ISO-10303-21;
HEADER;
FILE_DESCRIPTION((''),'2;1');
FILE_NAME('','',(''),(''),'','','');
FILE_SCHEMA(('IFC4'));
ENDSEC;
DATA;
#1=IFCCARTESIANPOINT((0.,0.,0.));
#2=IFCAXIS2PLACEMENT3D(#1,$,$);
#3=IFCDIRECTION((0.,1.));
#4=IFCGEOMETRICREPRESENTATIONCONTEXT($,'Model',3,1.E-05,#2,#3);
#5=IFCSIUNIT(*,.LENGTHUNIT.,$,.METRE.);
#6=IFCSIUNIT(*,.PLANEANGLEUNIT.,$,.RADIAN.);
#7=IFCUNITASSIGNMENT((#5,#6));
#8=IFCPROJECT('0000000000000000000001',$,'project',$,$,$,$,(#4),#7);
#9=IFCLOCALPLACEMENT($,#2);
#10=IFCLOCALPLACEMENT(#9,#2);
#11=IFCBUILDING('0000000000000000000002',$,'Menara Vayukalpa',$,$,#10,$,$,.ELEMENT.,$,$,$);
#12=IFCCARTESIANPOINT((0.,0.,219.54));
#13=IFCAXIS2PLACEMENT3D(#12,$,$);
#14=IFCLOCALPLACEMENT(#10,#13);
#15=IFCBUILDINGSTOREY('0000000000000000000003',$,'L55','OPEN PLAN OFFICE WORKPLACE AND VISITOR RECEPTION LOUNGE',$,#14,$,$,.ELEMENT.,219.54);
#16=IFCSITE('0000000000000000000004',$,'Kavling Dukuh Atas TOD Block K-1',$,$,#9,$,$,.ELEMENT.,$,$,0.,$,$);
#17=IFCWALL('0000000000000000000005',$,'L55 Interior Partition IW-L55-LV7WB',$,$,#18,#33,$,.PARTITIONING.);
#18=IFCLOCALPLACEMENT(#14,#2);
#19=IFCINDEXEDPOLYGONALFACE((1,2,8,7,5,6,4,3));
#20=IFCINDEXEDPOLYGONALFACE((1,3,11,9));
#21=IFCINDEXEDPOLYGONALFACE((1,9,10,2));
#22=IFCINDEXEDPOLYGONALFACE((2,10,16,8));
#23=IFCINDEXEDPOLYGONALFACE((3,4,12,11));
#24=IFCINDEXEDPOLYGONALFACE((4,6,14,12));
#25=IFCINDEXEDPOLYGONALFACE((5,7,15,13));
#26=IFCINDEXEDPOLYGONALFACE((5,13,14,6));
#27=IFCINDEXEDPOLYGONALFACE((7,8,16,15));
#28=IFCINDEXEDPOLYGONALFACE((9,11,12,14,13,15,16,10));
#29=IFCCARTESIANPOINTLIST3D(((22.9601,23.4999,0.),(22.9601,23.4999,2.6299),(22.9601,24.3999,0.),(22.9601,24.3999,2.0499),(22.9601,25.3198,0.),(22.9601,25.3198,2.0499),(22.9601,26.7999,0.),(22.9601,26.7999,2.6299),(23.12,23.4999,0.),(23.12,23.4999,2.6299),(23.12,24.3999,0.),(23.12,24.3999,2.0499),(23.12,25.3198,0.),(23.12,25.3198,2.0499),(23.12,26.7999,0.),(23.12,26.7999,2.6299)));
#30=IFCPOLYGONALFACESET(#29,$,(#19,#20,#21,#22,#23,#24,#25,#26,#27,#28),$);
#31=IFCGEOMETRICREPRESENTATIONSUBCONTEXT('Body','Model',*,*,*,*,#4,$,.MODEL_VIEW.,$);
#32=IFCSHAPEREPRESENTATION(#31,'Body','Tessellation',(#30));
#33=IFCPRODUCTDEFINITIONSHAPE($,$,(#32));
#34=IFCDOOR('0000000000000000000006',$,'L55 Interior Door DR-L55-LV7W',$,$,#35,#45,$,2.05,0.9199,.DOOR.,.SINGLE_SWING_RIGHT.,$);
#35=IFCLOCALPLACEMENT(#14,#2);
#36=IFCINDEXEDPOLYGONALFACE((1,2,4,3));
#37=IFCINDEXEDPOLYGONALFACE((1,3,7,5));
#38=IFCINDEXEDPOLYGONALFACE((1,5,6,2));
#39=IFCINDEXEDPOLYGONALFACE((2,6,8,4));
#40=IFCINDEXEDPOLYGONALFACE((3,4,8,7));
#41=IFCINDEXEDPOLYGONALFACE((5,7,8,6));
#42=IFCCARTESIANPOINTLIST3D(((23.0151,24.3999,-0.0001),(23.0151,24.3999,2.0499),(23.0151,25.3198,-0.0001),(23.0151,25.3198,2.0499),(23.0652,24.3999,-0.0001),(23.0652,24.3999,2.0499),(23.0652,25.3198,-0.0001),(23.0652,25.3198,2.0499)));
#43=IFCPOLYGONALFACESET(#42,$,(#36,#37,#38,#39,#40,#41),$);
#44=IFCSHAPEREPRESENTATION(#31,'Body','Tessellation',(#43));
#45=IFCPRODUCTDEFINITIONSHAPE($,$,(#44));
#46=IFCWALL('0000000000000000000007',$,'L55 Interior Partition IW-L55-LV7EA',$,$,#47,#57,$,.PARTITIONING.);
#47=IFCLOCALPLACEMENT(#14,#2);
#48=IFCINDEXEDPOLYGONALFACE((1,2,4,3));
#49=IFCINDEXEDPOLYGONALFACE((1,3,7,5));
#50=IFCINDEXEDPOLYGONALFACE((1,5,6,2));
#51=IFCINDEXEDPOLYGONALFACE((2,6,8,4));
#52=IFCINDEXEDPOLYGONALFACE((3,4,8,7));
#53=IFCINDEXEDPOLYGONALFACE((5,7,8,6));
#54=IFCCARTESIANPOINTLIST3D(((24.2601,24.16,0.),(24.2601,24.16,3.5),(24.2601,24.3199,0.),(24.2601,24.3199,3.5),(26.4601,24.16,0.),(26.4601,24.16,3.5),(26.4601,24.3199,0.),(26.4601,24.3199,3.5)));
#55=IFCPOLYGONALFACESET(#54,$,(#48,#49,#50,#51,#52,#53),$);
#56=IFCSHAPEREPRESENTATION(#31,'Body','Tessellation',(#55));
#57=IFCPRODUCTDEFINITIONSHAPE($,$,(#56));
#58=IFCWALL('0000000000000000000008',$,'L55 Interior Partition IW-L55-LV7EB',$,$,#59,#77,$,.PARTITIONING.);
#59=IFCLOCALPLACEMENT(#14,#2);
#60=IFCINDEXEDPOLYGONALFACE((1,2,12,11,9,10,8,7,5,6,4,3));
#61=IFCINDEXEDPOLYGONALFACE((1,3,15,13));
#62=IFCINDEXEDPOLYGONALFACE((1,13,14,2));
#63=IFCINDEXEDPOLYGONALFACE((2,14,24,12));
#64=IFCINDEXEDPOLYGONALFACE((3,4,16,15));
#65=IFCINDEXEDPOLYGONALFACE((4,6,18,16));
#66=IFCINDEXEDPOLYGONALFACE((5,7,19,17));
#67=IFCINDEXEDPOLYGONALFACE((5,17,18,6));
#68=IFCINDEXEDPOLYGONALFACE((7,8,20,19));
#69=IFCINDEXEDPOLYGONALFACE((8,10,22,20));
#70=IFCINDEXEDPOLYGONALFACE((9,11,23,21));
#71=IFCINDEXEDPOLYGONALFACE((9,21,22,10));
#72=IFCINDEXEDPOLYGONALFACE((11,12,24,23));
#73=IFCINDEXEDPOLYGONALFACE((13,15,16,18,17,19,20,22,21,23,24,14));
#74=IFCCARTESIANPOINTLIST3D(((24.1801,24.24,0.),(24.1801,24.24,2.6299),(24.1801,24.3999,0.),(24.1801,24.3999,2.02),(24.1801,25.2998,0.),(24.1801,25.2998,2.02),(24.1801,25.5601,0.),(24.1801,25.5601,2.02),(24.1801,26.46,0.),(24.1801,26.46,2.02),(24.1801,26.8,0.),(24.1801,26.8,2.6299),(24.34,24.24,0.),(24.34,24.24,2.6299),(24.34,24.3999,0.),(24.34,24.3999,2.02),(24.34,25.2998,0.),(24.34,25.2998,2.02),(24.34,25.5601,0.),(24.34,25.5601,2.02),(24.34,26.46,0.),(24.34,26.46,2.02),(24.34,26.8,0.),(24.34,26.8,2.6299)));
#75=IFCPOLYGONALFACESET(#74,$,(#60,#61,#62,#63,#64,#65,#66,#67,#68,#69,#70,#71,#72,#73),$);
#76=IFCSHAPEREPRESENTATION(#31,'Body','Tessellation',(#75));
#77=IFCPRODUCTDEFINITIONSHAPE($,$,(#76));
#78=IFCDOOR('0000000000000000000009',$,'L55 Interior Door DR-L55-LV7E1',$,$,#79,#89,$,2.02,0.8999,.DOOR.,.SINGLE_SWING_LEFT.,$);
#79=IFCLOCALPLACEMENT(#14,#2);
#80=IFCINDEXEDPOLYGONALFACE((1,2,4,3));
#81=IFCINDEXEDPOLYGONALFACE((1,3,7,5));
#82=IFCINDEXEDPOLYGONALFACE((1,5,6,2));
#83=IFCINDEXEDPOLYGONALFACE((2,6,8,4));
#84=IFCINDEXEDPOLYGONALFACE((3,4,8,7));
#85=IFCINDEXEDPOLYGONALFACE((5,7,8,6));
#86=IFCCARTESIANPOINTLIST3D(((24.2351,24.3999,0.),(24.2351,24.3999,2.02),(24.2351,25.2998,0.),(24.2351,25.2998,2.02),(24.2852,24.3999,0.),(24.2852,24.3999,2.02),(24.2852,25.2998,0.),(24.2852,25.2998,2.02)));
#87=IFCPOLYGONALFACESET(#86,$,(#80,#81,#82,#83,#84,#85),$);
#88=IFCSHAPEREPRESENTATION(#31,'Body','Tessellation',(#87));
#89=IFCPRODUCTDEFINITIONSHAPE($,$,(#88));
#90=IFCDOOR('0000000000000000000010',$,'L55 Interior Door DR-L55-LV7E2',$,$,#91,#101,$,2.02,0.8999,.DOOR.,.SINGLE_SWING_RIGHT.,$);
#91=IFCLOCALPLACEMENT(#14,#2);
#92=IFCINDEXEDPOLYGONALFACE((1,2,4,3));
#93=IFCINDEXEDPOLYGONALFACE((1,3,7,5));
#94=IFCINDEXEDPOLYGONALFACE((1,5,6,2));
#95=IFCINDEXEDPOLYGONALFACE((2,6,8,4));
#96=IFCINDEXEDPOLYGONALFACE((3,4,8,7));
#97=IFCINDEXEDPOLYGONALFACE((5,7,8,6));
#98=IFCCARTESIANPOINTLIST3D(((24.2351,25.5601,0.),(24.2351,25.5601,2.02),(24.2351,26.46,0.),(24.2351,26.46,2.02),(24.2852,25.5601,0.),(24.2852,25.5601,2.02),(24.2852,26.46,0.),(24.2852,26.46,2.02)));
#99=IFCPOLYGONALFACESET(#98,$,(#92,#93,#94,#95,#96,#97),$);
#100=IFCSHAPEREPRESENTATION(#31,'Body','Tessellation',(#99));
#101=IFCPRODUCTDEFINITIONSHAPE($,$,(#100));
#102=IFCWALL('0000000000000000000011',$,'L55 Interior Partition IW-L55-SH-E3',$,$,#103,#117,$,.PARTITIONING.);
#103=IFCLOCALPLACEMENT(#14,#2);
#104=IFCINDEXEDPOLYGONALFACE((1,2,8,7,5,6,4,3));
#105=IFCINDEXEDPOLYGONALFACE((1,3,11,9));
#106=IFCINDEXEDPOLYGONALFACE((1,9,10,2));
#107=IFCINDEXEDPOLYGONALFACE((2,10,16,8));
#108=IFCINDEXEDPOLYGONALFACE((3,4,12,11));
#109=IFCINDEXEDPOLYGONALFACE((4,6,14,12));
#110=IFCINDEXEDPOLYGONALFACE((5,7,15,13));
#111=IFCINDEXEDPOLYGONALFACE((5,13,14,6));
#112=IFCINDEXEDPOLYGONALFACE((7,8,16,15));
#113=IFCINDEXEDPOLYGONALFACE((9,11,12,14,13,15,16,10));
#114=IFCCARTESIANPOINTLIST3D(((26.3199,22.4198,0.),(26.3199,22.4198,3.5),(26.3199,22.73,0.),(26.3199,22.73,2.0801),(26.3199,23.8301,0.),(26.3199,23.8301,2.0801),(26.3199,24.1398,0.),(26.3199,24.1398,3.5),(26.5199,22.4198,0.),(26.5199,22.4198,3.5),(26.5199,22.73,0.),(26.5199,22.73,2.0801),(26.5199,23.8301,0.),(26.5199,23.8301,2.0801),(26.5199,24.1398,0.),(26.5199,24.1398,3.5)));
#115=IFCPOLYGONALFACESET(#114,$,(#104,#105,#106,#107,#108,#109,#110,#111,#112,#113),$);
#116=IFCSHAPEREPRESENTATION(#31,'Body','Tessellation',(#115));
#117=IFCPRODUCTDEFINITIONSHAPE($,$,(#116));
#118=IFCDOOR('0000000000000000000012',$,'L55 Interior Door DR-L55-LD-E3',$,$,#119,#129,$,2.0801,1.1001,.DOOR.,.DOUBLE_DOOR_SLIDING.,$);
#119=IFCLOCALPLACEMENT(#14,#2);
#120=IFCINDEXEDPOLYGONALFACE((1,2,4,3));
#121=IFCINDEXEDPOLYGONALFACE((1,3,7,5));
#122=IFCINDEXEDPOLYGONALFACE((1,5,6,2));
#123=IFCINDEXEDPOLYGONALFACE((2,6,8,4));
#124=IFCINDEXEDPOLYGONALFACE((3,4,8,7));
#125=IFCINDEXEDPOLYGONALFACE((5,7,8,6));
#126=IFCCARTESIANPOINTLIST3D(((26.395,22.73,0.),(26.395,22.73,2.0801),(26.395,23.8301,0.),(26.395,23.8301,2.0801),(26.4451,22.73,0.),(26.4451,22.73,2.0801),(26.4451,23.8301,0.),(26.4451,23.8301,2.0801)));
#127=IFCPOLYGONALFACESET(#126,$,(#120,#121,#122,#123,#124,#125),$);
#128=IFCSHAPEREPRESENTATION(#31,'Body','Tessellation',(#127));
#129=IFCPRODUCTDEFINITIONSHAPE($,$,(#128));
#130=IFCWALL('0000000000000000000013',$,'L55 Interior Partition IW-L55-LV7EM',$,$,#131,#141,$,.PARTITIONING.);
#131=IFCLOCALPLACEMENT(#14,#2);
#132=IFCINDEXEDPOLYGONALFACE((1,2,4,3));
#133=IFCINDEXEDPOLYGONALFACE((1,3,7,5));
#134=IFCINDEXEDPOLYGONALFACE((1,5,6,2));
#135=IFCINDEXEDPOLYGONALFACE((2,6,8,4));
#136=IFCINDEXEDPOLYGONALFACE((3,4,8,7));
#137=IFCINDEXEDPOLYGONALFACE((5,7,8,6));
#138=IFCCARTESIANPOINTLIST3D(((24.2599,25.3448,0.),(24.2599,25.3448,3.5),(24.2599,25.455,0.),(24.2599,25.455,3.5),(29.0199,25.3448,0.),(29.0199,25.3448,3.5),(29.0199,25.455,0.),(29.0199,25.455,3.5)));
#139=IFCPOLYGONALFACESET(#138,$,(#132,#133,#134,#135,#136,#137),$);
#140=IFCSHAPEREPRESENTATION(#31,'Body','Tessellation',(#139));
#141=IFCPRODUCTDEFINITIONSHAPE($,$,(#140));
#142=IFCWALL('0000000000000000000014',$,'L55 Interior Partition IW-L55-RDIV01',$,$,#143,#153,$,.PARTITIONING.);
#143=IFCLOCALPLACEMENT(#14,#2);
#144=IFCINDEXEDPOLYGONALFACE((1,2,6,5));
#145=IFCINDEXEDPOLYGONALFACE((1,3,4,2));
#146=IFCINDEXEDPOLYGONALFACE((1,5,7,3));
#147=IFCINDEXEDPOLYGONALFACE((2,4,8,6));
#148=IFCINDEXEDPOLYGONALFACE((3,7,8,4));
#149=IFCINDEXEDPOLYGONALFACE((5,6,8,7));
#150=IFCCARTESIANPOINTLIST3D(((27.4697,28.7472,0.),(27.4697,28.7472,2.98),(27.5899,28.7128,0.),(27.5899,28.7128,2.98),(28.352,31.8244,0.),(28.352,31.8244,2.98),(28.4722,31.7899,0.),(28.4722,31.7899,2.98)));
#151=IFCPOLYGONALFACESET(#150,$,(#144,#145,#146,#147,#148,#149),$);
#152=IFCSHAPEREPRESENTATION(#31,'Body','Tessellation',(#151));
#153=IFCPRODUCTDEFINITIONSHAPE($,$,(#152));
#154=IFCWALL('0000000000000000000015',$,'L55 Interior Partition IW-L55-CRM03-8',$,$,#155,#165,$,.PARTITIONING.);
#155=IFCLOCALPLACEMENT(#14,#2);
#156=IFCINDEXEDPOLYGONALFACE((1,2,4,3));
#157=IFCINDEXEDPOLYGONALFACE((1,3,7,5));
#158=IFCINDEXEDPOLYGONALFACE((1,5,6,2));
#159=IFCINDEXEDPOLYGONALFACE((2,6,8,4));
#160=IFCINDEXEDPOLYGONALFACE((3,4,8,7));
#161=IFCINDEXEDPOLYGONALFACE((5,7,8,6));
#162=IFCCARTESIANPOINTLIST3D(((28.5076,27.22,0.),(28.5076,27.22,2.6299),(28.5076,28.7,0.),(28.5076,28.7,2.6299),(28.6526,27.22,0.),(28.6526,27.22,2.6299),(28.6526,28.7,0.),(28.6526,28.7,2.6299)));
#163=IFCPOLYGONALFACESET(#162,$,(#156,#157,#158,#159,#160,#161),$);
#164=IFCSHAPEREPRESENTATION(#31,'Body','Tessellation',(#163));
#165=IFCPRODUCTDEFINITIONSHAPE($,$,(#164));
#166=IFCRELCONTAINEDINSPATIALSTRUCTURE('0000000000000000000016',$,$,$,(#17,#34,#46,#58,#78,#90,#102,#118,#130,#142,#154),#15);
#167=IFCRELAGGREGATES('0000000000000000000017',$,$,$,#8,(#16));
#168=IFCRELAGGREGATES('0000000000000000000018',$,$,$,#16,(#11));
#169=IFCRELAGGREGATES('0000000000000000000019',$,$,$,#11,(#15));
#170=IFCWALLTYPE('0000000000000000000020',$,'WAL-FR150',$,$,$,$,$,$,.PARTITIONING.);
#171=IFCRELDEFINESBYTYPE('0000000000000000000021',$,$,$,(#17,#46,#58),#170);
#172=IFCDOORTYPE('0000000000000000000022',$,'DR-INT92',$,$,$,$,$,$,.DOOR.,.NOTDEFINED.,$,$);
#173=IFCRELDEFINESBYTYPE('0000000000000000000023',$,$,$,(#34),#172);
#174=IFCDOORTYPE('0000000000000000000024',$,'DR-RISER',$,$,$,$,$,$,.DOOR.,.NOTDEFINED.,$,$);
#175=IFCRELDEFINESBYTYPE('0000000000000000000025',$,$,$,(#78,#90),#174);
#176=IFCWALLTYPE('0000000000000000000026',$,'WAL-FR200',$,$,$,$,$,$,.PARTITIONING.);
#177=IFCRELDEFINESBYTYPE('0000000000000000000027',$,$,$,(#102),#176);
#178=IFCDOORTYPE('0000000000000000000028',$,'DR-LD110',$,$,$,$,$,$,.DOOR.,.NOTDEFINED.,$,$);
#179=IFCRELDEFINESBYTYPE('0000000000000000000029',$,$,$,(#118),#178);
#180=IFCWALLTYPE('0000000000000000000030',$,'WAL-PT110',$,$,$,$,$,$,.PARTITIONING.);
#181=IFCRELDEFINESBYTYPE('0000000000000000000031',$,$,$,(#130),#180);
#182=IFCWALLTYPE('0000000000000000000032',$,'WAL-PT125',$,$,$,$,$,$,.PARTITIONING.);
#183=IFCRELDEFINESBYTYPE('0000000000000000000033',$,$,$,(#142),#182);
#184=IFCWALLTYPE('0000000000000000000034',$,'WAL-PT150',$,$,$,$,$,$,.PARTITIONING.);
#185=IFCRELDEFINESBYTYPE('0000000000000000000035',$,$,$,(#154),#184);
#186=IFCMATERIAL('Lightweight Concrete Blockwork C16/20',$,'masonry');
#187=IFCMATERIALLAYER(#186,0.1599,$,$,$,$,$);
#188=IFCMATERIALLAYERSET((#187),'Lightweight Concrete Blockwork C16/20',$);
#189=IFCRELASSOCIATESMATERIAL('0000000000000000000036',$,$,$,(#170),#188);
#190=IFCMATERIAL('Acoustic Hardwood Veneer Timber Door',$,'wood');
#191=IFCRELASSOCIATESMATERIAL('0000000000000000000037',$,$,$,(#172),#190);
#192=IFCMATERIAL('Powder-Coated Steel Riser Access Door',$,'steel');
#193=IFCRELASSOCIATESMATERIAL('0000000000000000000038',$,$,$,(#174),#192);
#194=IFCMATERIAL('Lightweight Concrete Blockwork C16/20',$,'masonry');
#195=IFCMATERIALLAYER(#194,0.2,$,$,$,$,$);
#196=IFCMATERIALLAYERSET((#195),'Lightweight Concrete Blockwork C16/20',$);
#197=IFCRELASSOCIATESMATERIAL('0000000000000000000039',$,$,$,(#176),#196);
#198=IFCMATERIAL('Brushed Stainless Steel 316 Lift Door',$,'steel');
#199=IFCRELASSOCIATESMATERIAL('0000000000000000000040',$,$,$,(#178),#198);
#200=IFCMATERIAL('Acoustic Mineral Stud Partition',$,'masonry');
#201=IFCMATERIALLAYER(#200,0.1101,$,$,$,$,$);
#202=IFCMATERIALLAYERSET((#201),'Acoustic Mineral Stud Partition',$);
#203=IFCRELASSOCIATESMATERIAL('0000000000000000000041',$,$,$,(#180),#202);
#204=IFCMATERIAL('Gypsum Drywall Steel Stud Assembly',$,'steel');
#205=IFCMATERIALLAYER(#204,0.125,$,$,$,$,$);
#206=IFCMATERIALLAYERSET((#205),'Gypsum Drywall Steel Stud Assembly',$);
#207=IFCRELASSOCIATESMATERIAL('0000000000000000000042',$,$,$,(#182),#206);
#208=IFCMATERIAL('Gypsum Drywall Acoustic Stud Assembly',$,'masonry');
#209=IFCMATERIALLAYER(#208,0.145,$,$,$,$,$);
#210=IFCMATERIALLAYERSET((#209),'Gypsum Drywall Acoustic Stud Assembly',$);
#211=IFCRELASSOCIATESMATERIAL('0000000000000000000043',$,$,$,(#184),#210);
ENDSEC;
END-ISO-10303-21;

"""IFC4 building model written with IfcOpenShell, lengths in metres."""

from ifc_helpers import new_model, si_unit, direction, frame, frame_2d, origin, place, context, subcontext, project, spatial, rectangle, extrude, material, layer, layer_set, type_object, element, fill, save


model = new_model("IFC4")

# Units and contexts
model_context = context("Model", 3, precision=1e-05, world=origin(), true_north=direction((0.0, 1.0)))
body_context = subcontext(model_context, "Body", "Model", "MODEL_VIEW")
ifc_project = project(units=[si_unit("LENGTHUNIT", "METRE"), si_unit("PLANEANGLEUNIT", "RADIAN")], contexts=[model_context])

# Site, building, storey
site_placement = place(None, origin())
site = spatial("IfcSite", under=ifc_project, at=site_placement, Name="Kavling Dukuh Atas TOD Block K-1", CompositionType="ELEMENT", RefElevation=0.0)
building_placement = place(site_placement, origin())
building = spatial("IfcBuilding", under=site, at=building_placement, Name="Menara Vayukalpa", CompositionType="ELEMENT")
storey_placement = place(building_placement, frame((0.0, 0.0, 219.54)))
storey = spatial("IfcBuildingStorey", under=building, at=storey_placement, Name="L55", Description="OPEN PLAN OFFICE WORKPLACE AND VISITOR RECEPTION LOUNGE", CompositionType="ELEMENT", Elevation=219.54)

# Shared definitions
ifc_material_1 = material(Name="Lightweight Concrete Blockwork C16/20", Category="masonry")
ifc_layer_1 = layer(ifc_material_1, 0.1599)
ifc_layer_set_1 = layer_set([ifc_layer_1], Name="Lightweight Concrete Blockwork C16/20")
wall_type_1 = type_object("IfcWallType", Name="WAL-FR150", PredefinedType="PARTITIONING", material=ifc_layer_set_1)

# Wall, opening, door
wall_1_placement = place(storey_placement, frame((23.04, 23.5, 0.0), z_axis=(0.0, 0.0, 1.0), x_axis=(0.0, 1.0, 0.0)))
wall_1 = element("IfcWall", 1, at=wall_1_placement, inside=storey, type_object=wall_type_1, Name="L55 Interior Partition IW-L55-LV7WB", PredefinedType="PARTITIONING", context=body_context, shape_type="SweptSolid", body=[
    extrude(rectangle(XDim=3.3, YDim=0.1599, at=frame_2d((1.6499, 0.0))), origin(), (0.0, 0.0, 1.0), 2.6299),
])
opening_1_placement = place(wall_1_placement, frame((0.8999, 0.0, 0.0)))
opening_1 = element("IfcOpeningElement", 2, at=opening_1_placement, cuts=wall_1, PredefinedType="OPENING", context=body_context, shape_type="SweptSolid", body=[
    extrude(rectangle(XDim=0.9199, YDim=2.05, at=frame_2d((0.46, 1.0249))), frame((0.0, 0.0898, 0.0), z_axis=(0.0, -1.0, 0.0), x_axis=(1.0, 0.0, 0.0)), (0.0, 0.0, 1.0), 0.1799),
])
ifc_material_2 = material(Name="Acoustic Hardwood Veneer Timber Door", Category="wood")
door_type_1 = type_object("IfcDoorType", Name="DR-INT92", OperationType="NOTDEFINED", PredefinedType="DOOR", material=ifc_material_2)
door_1_placement = place(opening_1_placement, origin())
door_1 = element("IfcDoor", 3, at=door_1_placement, inside=storey, type_object=door_type_1, Name="L55 Interior Door DR-L55-LV7W", OperationType="SINGLE_SWING_RIGHT", OverallHeight=2.05, OverallWidth=0.9199, PredefinedType="DOOR", context=body_context, shape_type="SweptSolid", body=[
    extrude(rectangle(XDim=0.9199, YDim=2.05, at=frame_2d((0.46, 1.0249))), frame((0.0, 0.0249, 0.0), z_axis=(0.0, -1.0, 0.0), x_axis=(1.0, 0.0, 0.0)), (0.0, 0.0, 1.0), 0.05),
])
fill(opening_1, door_1)

# Wall
wall_2_placement = place(storey_placement, frame((24.26, 24.24, 0.0), z_axis=(0.0, 0.0, 1.0), x_axis=(1.0, 0.0, 0.0)))
element("IfcWall", 4, at=wall_2_placement, inside=storey, type_object=wall_type_1, Name="L55 Interior Partition IW-L55-LV7EA", PredefinedType="PARTITIONING", context=body_context, shape_type="SweptSolid", body=[
    extrude(rectangle(XDim=2.2, YDim=0.1599, at=frame_2d((1.1001, 0.0))), origin(), (0.0, 0.0, 1.0), 3.5),
])

# Wall, openings, doors
wall_3_placement = place(storey_placement, frame((24.26, 24.24, 0.0), z_axis=(0.0, 0.0, 1.0), x_axis=(0.0, 1.0, 0.0)))
wall_3 = element("IfcWall", 5, at=wall_3_placement, inside=storey, type_object=wall_type_1, Name="L55 Interior Partition IW-L55-LV7EB", PredefinedType="PARTITIONING", context=body_context, shape_type="SweptSolid", body=[
    extrude(rectangle(XDim=2.5601, YDim=0.1599, at=frame_2d((1.28, 0.0))), origin(), (0.0, 0.0, 1.0), 2.6299),
])
opening_2_placement = place(wall_3_placement, frame((0.1599, 0.0, 0.0)))
opening_2 = element("IfcOpeningElement", 6, at=opening_2_placement, cuts=wall_3, PredefinedType="OPENING", context=body_context, shape_type="SweptSolid", body=[
    extrude(rectangle(XDim=0.8999, YDim=2.02, at=frame_2d((0.45, 1.01))), frame((0.0, 0.0898, 0.0), z_axis=(0.0, -1.0, 0.0), x_axis=(1.0, 0.0, 0.0)), (0.0, 0.0, 1.0), 0.1799),
])
opening_3_placement = place(wall_3_placement, frame((1.3201, 0.0, 0.0)))
opening_3 = element("IfcOpeningElement", 7, at=opening_3_placement, cuts=wall_3, PredefinedType="OPENING", context=body_context, shape_type="SweptSolid", body=[
    extrude(rectangle(XDim=0.8999, YDim=2.02, at=frame_2d((0.45, 1.01))), frame((0.0, 0.0898, 0.0), z_axis=(0.0, -1.0, 0.0), x_axis=(1.0, 0.0, 0.0)), (0.0, 0.0, 1.0), 0.1799),
])
ifc_material_3 = material(Name="Powder-Coated Steel Riser Access Door", Category="steel")
door_type_2 = type_object("IfcDoorType", Name="DR-RISER", OperationType="NOTDEFINED", PredefinedType="DOOR", material=ifc_material_3)
door_2_placement = place(opening_2_placement, origin())
door_2 = element("IfcDoor", 8, at=door_2_placement, inside=storey, type_object=door_type_2, Name="L55 Interior Door DR-L55-LV7E1", OperationType="SINGLE_SWING_LEFT", OverallHeight=2.02, OverallWidth=0.8999, PredefinedType="DOOR", context=body_context, shape_type="SweptSolid", body=[
    extrude(rectangle(XDim=0.8999, YDim=2.02, at=frame_2d((0.45, 1.01))), frame((0.0, 0.0249, 0.0), z_axis=(0.0, -1.0, 0.0), x_axis=(1.0, 0.0, 0.0)), (0.0, 0.0, 1.0), 0.05),
])
fill(opening_2, door_2)
door_3_placement = place(opening_3_placement, origin())
door_3 = element("IfcDoor", 9, at=door_3_placement, inside=storey, type_object=door_type_2, Name="L55 Interior Door DR-L55-LV7E2", OperationType="SINGLE_SWING_RIGHT", OverallHeight=2.02, OverallWidth=0.8999, PredefinedType="DOOR", context=body_context, shape_type="SweptSolid", body=[
    extrude(rectangle(XDim=0.8999, YDim=2.02, at=frame_2d((0.45, 1.01))), frame((0.0, 0.0249, 0.0), z_axis=(0.0, -1.0, 0.0), x_axis=(1.0, 0.0, 0.0)), (0.0, 0.0, 1.0), 0.05),
])
fill(opening_3, door_3)

# Wall, opening, door
ifc_material_4 = material(Name="Lightweight Concrete Blockwork C16/20", Category="masonry")
ifc_layer_2 = layer(ifc_material_4, 0.2)
ifc_layer_set_2 = layer_set([ifc_layer_2], Name="Lightweight Concrete Blockwork C16/20")
wall_type_2 = type_object("IfcWallType", Name="WAL-FR200", PredefinedType="PARTITIONING", material=ifc_layer_set_2)
wall_4_placement = place(storey_placement, frame((26.4199, 22.4199, 0.0), z_axis=(0.0, 0.0, 1.0), x_axis=(0.0, 1.0, 0.0)))
wall_4 = element("IfcWall", 10, at=wall_4_placement, inside=storey, type_object=wall_type_2, Name="L55 Interior Partition IW-L55-SH-E3", PredefinedType="PARTITIONING", context=body_context, shape_type="SweptSolid", body=[
    extrude(rectangle(XDim=1.72, YDim=0.2, at=frame_2d((0.8599, 0.0))), origin(), (0.0, 0.0, 1.0), 3.5),
])
opening_4_placement = place(wall_4_placement, frame((0.3101, 0.0, 0.0)))
opening_4 = element("IfcOpeningElement", 11, at=opening_4_placement, cuts=wall_4, PredefinedType="OPENING", context=body_context, shape_type="SweptSolid", body=[
    extrude(rectangle(XDim=1.1001, YDim=2.0801, at=frame_2d((0.55, 1.04))), frame((0.0, 0.1099, 0.0), z_axis=(0.0, -1.0, 0.0), x_axis=(1.0, 0.0, 0.0)), (0.0, 0.0, 1.0), 0.22),
])
ifc_material_5 = material(Name="Brushed Stainless Steel 316 Lift Door", Category="steel")
door_type_3 = type_object("IfcDoorType", Name="DR-LD110", OperationType="NOTDEFINED", PredefinedType="DOOR", material=ifc_material_5)
door_4_placement = place(opening_4_placement, origin())
door_4 = element("IfcDoor", 12, at=door_4_placement, inside=storey, type_object=door_type_3, Name="L55 Interior Door DR-L55-LD-E3", OperationType="DOUBLE_DOOR_SLIDING", OverallHeight=2.0801, OverallWidth=1.1001, PredefinedType="DOOR", context=body_context, shape_type="SweptSolid", body=[
    extrude(rectangle(XDim=1.1001, YDim=2.0801, at=frame_2d((0.55, 1.04))), frame((0.0, 0.0249, 0.0), z_axis=(0.0, -1.0, 0.0), x_axis=(1.0, 0.0, 0.0)), (0.0, 0.0, 1.0), 0.05),
])
fill(opening_4, door_4)

# Walls
ifc_material_6 = material(Name="Acoustic Mineral Stud Partition", Category="masonry")
ifc_layer_3 = layer(ifc_material_6, 0.1101)
ifc_layer_set_3 = layer_set([ifc_layer_3], Name="Acoustic Mineral Stud Partition")
wall_type_3 = type_object("IfcWallType", Name="WAL-PT110", PredefinedType="PARTITIONING", material=ifc_layer_set_3)
wall_5_placement = place(storey_placement, frame((24.26, 25.3999, 0.0), z_axis=(0.0, 0.0, 1.0), x_axis=(1.0, 0.0, 0.0)))
element("IfcWall", 13, at=wall_5_placement, inside=storey, type_object=wall_type_3, Name="L55 Interior Partition IW-L55-LV7EM", PredefinedType="PARTITIONING", context=body_context, shape_type="SweptSolid", body=[
    extrude(rectangle(XDim=4.76, YDim=0.1101, at=frame_2d((2.3799, 0.0))), origin(), (0.0, 0.0, 1.0), 3.5),
])
ifc_material_7 = material(Name="Gypsum Drywall Steel Stud Assembly", Category="steel")
ifc_layer_4 = layer(ifc_material_7, 0.125)
ifc_layer_set_4 = layer_set([ifc_layer_4], Name="Gypsum Drywall Steel Stud Assembly")
wall_type_4 = type_object("IfcWallType", Name="WAL-PT125", PredefinedType="PARTITIONING", material=ifc_layer_set_4)
wall_6_placement = place(storey_placement, frame((27.5298, 28.73, 0.0), z_axis=(0.0, 0.0, 1.0), x_axis=(0.275628, 0.961265, 0.0)))
element("IfcWall", 14, at=wall_6_placement, inside=storey, type_object=wall_type_4, Name="L55 Interior Partition IW-L55-RDIV01", PredefinedType="PARTITIONING", context=body_context, shape_type="SweptSolid", body=[
    extrude(rectangle(XDim=3.2012, YDim=0.125, at=frame_2d((1.6006, 0.0))), origin(), (0.0, 0.0, 1.0), 2.98),
])
ifc_material_8 = material(Name="Gypsum Drywall Acoustic Stud Assembly", Category="masonry")
ifc_layer_5 = layer(ifc_material_8, 0.145)
ifc_layer_set_5 = layer_set([ifc_layer_5], Name="Gypsum Drywall Acoustic Stud Assembly")
wall_type_5 = type_object("IfcWallType", Name="WAL-PT150", PredefinedType="PARTITIONING", material=ifc_layer_set_5)
wall_7_placement = place(storey_placement, frame((28.5801, 27.22, 0.0), z_axis=(0.0, 0.0, 1.0), x_axis=(0.0, 1.0, 0.0)))
element("IfcWall", 15, at=wall_7_placement, inside=storey, type_object=wall_type_5, Name="L55 Interior Partition IW-L55-CRM03-8", PredefinedType="PARTITIONING", context=body_context, shape_type="SweptSolid", body=[
    extrude(rectangle(XDim=1.48, YDim=0.145, at=frame_2d((0.74, 0.0))), origin(), (0.0, 0.0, 1.0), 2.6299),
])

save(model, "model.ifc")
